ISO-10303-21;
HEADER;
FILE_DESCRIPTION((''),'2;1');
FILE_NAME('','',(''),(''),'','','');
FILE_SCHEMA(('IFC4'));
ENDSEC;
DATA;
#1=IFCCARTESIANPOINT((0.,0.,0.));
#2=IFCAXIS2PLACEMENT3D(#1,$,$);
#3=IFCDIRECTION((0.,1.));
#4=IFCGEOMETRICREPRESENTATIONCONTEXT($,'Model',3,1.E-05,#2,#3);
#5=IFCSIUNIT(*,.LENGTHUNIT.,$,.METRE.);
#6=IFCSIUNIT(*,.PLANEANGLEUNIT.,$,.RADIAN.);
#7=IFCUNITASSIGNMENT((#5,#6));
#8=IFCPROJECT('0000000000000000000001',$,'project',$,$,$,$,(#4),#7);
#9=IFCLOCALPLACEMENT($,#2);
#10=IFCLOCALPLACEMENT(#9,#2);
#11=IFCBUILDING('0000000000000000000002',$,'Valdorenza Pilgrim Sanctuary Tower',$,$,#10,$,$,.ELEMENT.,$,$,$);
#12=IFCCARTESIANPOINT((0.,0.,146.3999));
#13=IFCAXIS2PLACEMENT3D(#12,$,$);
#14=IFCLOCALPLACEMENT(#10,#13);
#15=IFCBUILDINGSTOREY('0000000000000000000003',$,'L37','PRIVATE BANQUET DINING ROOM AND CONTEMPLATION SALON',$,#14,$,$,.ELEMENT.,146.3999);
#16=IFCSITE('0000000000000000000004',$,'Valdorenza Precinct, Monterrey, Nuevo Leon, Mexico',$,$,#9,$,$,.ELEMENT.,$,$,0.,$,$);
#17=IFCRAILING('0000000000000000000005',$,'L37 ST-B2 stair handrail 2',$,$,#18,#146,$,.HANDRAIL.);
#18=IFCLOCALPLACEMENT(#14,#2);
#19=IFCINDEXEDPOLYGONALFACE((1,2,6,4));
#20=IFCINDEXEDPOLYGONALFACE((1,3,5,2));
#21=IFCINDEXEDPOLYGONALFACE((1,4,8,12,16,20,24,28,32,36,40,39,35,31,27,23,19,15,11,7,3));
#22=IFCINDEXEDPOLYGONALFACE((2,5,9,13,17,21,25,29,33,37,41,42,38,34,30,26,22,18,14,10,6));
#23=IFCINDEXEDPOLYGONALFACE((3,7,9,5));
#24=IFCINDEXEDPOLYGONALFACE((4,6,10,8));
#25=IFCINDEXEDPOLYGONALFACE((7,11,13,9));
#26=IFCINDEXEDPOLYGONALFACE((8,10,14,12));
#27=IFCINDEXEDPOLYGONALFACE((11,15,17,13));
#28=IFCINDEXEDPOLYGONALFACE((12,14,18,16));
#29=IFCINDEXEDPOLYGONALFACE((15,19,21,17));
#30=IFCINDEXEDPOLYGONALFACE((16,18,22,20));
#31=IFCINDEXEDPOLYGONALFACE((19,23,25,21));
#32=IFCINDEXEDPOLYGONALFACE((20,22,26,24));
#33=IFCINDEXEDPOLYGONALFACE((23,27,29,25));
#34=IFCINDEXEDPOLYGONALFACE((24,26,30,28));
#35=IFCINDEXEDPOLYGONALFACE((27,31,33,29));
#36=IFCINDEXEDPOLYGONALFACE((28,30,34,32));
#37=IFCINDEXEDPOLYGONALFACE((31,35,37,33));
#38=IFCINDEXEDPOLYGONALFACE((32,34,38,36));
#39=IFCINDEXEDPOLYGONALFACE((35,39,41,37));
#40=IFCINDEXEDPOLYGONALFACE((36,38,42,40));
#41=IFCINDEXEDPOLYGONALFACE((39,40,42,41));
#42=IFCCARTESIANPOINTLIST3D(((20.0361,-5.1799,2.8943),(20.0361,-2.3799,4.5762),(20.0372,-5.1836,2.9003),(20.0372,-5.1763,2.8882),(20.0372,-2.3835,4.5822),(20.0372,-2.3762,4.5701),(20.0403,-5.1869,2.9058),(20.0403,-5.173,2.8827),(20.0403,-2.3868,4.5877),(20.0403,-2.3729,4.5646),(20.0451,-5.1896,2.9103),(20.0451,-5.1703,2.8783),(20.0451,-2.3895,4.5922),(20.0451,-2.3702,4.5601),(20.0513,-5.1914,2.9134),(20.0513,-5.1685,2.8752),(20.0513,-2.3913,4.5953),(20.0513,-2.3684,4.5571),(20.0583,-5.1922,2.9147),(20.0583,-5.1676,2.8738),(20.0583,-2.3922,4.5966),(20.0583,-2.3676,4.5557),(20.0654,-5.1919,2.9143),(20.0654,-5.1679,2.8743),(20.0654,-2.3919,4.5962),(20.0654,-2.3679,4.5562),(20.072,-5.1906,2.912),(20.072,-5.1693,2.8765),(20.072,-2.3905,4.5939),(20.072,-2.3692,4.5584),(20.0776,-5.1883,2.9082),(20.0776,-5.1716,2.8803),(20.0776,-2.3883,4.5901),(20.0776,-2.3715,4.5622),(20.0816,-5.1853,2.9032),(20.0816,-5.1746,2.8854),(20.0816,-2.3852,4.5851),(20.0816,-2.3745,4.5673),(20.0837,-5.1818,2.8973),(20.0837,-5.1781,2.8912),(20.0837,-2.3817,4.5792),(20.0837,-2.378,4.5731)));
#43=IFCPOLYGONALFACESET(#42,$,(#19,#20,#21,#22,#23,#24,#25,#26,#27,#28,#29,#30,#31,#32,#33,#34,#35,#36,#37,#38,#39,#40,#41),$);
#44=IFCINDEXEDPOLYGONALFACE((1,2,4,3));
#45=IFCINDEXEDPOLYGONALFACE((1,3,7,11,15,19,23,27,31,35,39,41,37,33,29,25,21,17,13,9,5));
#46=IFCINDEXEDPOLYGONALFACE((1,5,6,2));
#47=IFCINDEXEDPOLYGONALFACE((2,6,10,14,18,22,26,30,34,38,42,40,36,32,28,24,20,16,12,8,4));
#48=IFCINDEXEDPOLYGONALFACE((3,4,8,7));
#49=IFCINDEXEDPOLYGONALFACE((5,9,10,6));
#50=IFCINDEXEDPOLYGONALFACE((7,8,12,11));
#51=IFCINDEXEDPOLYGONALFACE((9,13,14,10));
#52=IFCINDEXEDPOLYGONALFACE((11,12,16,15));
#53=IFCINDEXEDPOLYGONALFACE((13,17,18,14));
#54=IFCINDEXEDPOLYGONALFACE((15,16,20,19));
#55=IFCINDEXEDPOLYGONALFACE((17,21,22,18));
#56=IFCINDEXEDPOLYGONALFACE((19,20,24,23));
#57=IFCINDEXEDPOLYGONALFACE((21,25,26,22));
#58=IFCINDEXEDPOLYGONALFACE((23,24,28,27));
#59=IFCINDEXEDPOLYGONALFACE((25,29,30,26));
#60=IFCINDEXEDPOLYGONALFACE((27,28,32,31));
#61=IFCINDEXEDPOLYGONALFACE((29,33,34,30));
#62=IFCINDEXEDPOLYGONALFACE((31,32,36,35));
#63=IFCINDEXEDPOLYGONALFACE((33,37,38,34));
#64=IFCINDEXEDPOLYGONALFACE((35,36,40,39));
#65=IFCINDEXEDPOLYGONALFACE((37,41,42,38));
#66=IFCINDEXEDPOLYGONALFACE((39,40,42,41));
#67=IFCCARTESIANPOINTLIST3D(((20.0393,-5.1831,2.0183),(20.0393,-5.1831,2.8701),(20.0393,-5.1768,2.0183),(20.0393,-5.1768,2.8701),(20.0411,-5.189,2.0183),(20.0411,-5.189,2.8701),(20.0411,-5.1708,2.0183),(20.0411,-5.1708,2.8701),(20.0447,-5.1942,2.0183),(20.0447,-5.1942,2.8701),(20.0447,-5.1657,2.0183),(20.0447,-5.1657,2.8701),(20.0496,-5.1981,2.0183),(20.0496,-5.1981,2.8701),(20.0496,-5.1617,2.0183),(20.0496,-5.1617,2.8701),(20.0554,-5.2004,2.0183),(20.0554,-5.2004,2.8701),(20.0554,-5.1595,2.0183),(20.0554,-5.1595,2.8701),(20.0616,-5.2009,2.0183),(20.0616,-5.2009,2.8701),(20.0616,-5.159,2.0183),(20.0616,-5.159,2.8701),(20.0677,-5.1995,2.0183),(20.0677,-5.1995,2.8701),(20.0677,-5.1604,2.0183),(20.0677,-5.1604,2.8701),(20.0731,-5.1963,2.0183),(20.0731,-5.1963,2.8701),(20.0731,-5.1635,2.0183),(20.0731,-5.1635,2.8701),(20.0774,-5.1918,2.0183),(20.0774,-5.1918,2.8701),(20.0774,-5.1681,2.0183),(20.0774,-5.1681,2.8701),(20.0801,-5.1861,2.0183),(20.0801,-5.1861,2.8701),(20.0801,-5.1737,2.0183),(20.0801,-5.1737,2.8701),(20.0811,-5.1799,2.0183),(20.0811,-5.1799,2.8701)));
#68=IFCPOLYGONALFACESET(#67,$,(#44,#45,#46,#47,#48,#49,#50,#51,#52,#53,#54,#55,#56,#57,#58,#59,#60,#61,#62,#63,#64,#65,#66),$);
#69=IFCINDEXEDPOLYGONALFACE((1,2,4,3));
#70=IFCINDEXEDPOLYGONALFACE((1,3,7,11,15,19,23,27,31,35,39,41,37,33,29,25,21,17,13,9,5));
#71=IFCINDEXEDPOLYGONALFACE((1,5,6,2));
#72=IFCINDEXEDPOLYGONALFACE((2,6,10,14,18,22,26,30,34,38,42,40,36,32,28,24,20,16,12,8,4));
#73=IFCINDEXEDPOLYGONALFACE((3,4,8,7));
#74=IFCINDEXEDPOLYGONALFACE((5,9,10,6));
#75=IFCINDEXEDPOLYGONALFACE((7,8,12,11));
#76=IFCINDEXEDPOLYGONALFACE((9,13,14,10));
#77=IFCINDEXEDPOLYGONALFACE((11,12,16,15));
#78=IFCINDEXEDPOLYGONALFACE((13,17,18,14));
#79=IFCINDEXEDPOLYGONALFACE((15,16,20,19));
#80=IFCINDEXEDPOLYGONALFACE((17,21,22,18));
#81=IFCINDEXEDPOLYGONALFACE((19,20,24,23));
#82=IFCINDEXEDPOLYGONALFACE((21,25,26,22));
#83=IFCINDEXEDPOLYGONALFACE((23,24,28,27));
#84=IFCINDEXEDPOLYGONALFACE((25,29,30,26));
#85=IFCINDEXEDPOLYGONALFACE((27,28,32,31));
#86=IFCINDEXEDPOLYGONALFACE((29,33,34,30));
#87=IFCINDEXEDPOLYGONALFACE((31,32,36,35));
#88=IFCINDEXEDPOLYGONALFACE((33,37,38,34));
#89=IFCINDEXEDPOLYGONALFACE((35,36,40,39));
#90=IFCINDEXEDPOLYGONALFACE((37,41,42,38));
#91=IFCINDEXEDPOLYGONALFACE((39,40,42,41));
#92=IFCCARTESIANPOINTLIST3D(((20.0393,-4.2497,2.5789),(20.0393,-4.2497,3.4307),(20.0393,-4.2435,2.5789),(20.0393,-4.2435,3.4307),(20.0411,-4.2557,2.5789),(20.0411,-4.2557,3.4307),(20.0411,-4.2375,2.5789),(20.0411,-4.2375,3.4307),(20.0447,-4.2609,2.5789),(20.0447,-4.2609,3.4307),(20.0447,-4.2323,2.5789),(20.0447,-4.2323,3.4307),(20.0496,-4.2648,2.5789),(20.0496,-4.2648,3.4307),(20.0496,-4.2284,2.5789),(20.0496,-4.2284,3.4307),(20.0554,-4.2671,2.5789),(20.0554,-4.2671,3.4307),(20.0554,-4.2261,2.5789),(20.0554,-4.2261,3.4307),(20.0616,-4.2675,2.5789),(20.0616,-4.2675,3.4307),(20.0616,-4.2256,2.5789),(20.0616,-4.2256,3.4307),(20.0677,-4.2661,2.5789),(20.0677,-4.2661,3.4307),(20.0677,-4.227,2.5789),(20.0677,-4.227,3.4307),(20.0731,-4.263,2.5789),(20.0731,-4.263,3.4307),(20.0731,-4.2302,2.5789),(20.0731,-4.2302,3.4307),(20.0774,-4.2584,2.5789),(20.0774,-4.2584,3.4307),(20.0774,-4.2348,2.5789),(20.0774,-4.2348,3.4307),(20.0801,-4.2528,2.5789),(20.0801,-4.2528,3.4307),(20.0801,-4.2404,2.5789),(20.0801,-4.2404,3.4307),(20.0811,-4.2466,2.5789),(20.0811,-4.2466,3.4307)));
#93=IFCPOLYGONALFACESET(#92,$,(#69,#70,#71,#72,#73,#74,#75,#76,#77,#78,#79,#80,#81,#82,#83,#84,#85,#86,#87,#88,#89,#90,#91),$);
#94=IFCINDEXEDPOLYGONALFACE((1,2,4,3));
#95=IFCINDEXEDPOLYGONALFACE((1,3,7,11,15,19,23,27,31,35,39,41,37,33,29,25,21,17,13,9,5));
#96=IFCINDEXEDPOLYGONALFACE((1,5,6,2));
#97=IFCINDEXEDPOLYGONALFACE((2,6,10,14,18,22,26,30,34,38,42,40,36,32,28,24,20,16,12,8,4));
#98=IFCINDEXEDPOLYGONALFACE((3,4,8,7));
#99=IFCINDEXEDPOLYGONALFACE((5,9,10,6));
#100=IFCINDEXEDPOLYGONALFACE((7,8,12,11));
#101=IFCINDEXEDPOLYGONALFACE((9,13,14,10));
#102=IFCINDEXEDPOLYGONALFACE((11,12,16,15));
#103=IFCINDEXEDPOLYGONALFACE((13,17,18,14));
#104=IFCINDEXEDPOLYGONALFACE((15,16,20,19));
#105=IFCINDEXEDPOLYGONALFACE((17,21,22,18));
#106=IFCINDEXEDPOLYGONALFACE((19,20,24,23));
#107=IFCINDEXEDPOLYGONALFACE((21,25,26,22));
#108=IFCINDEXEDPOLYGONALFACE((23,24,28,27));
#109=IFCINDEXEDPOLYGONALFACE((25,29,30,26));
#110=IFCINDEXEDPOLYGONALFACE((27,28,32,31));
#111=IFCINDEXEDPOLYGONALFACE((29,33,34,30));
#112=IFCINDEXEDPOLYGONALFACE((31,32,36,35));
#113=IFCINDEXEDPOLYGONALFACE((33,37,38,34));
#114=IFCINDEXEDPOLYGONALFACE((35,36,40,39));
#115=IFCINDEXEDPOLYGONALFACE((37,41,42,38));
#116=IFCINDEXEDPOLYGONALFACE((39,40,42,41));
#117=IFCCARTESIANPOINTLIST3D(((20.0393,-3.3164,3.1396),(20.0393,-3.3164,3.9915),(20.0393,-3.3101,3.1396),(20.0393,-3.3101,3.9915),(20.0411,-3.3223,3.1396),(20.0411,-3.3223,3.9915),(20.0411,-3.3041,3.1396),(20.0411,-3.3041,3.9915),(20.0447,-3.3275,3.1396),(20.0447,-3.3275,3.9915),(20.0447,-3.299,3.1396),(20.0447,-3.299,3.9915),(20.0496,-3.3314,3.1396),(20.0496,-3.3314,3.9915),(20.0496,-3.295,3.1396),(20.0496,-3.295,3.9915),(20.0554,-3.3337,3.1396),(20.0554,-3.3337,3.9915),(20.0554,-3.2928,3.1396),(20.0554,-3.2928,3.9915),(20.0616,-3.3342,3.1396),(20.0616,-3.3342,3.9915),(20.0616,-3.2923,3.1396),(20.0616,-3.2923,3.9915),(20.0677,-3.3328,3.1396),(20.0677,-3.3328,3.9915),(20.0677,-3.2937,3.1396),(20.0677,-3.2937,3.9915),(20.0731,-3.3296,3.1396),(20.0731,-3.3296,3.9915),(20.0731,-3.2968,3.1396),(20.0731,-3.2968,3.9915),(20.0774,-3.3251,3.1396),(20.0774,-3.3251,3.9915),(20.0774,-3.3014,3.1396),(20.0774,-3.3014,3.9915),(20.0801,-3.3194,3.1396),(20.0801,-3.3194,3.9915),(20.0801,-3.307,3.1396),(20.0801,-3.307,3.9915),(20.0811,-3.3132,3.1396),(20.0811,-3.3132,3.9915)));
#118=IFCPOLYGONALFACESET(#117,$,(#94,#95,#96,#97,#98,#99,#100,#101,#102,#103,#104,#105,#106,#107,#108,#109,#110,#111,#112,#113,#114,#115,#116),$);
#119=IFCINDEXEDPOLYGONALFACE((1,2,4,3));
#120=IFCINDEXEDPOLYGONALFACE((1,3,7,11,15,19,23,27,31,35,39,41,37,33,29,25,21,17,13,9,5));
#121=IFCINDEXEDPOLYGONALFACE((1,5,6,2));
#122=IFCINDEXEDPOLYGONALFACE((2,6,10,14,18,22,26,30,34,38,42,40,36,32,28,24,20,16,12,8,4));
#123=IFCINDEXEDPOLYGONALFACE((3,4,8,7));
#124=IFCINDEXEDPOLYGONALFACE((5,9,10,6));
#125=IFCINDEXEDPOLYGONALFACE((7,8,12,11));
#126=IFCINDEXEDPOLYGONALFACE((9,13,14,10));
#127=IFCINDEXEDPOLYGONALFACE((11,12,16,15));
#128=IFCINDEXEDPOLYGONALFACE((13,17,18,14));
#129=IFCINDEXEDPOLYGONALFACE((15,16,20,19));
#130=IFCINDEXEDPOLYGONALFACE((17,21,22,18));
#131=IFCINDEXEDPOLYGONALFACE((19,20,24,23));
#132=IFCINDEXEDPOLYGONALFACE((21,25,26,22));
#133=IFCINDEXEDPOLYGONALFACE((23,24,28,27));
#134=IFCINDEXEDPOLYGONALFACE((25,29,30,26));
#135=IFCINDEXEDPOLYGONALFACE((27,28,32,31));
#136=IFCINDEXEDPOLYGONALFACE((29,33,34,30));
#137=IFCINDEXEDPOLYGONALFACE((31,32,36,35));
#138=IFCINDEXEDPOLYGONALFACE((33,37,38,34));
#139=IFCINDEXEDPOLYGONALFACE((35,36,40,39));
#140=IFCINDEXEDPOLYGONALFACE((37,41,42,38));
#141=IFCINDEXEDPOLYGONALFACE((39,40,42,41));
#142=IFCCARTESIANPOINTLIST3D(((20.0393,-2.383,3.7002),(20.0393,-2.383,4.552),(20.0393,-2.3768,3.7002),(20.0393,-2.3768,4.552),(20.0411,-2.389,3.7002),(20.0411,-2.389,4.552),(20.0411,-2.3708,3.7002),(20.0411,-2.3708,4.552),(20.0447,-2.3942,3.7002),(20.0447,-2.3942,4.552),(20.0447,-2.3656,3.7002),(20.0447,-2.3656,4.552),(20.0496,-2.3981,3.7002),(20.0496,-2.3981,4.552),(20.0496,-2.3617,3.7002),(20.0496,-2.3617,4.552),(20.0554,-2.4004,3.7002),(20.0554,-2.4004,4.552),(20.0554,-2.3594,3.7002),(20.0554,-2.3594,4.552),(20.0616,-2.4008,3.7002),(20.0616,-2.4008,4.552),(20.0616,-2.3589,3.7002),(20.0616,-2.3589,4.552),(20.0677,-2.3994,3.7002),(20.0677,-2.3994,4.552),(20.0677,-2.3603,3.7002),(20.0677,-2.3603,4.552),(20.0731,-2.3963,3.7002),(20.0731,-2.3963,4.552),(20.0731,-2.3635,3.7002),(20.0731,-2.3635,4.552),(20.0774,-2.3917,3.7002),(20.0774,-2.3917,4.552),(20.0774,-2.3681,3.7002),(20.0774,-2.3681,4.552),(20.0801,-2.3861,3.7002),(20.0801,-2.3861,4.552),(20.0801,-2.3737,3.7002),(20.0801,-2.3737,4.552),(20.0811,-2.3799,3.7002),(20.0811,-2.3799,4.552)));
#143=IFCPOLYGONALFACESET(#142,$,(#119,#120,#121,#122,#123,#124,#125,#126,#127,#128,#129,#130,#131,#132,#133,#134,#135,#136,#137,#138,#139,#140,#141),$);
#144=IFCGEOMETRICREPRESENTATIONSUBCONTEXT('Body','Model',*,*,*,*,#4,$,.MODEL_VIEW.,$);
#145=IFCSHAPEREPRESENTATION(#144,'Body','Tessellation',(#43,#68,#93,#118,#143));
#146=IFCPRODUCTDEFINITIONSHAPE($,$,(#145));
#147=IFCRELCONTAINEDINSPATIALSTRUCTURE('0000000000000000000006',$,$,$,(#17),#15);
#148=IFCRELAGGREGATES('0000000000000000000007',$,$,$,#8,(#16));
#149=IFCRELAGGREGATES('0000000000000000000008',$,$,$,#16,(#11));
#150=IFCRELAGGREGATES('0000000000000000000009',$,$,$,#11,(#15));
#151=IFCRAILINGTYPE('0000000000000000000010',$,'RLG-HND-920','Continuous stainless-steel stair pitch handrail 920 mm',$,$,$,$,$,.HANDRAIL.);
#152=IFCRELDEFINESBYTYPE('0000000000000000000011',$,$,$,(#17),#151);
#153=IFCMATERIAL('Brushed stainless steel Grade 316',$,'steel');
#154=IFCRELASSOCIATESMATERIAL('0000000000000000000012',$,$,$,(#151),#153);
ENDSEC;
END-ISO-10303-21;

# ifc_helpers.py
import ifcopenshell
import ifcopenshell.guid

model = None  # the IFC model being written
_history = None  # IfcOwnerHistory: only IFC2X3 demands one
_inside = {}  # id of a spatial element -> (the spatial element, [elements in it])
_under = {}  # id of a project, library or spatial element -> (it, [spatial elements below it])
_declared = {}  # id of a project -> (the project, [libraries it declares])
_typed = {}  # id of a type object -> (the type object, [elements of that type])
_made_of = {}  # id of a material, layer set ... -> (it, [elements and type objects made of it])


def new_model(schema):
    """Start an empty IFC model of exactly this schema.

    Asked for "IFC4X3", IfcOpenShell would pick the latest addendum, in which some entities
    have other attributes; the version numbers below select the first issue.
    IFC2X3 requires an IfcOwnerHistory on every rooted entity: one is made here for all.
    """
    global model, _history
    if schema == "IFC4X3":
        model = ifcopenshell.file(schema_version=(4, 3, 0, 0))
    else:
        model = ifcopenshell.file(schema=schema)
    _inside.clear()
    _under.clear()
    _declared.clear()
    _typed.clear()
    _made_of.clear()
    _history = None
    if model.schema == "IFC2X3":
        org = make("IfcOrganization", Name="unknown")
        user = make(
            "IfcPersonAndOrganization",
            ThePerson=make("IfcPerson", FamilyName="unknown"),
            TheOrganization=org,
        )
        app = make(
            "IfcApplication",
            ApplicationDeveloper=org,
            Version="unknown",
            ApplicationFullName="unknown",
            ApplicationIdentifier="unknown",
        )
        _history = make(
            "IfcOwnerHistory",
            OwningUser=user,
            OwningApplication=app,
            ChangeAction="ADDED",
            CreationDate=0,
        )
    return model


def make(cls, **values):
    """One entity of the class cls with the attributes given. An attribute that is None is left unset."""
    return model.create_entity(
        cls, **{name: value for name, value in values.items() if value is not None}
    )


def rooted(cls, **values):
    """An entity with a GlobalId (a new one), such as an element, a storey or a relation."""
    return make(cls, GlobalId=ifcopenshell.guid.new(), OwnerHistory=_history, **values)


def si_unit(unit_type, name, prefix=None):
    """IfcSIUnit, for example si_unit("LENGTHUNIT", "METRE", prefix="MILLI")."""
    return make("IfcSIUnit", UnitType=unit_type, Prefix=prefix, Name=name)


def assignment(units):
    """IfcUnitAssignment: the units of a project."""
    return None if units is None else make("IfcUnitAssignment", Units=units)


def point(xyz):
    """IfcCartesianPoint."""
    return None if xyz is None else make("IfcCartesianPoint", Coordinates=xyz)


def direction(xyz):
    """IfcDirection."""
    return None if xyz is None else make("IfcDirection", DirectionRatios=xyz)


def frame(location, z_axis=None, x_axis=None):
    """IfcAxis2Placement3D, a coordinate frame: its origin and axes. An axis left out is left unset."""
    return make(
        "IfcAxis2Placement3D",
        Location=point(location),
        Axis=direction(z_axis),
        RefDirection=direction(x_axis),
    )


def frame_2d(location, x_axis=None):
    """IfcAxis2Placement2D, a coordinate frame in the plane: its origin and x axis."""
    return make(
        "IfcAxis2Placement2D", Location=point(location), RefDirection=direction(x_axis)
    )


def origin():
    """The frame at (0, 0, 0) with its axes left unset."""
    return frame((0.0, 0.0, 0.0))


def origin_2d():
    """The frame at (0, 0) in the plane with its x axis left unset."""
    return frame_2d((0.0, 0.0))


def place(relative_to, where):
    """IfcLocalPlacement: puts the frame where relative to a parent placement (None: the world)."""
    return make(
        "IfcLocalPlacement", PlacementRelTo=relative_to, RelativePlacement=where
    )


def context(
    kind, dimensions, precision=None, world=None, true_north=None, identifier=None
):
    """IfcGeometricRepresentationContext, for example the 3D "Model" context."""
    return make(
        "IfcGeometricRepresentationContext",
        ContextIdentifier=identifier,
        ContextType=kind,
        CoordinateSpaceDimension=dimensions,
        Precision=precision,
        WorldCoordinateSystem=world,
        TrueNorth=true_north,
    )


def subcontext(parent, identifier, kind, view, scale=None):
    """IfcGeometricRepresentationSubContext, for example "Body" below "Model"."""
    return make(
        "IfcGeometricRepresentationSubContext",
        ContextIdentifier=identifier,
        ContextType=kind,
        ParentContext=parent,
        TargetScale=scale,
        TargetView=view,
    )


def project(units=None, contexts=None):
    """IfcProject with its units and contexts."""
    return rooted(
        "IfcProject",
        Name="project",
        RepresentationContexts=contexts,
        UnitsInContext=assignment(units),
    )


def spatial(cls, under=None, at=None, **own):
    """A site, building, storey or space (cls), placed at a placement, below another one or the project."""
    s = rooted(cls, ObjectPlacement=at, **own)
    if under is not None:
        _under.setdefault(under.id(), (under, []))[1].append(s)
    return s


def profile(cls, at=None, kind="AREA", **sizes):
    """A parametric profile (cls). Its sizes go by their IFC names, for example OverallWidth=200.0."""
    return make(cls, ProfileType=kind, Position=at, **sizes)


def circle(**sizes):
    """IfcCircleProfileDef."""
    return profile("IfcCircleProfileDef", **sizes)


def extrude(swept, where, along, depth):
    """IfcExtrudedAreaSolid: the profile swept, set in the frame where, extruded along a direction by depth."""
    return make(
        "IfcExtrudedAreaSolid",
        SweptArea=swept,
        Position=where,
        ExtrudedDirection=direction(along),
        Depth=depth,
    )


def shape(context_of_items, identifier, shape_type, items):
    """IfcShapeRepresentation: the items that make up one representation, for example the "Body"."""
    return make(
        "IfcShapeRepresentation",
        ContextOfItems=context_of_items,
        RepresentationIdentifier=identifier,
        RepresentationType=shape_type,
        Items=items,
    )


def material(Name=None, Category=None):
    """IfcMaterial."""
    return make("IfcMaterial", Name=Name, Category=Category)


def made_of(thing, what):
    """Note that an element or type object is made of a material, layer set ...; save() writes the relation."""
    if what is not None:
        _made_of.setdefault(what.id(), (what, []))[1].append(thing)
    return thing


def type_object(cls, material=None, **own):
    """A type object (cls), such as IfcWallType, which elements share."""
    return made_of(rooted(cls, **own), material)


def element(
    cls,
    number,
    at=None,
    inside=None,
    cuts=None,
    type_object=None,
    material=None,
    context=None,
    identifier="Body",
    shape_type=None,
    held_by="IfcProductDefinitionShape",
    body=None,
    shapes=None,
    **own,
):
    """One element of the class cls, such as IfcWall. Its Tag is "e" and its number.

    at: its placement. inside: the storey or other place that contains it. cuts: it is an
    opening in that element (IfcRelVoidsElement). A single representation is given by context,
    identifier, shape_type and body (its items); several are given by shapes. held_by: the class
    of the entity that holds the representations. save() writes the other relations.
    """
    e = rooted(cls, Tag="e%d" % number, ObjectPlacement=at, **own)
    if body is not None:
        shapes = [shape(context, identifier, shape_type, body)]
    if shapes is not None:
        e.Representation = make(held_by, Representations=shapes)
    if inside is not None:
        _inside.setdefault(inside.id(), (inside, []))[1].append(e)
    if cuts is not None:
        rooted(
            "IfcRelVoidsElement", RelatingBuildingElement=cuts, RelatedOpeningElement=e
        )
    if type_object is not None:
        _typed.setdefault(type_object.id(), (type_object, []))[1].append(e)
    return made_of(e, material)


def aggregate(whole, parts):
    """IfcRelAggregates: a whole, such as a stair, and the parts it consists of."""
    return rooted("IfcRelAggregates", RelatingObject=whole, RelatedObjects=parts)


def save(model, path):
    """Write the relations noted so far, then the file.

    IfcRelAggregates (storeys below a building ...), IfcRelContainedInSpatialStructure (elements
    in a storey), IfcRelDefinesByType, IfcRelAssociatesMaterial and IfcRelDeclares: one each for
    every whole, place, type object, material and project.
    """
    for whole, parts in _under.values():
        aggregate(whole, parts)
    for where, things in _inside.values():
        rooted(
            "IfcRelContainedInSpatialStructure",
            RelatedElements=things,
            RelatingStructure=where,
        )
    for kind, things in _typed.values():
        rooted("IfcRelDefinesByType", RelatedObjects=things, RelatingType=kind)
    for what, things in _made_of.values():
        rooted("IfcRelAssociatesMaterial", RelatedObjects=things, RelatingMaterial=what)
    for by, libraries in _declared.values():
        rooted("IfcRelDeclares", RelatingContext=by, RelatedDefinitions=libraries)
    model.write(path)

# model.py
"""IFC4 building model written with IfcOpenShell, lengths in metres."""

from ifc_helpers import new_model, si_unit, direction, frame, origin, origin_2d, place, context, subcontext, project, spatial, circle, extrude, material, type_object, element, save


model = new_model("IFC4")

# Units and contexts
model_context = context("Model", 3, precision=1e-05, world=origin(), true_north=direction((0.0, 1.0)))
body_context = subcontext(model_context, "Body", "Model", "MODEL_VIEW")
ifc_project = project(units=[si_unit("LENGTHUNIT", "METRE"), si_unit("PLANEANGLEUNIT", "RADIAN")], contexts=[model_context])

# Site, building, storey
site_placement = place(None, origin())
site = spatial("IfcSite", under=ifc_project, at=site_placement, Name="Valdorenza Precinct, Monterrey, Nuevo Leon, Mexico", CompositionType="ELEMENT", RefElevation=0.0)
building_placement = place(site_placement, origin())
building = spatial("IfcBuilding", under=site, at=building_placement, Name="Valdorenza Pilgrim Sanctuary Tower", CompositionType="ELEMENT")
storey_placement = place(building_placement, frame((0.0, 0.0, 146.3999)))
storey = spatial("IfcBuildingStorey", under=building, at=storey_placement, Name="L37", Description="PRIVATE BANQUET DINING ROOM AND CONTEMPLATION SALON", CompositionType="ELEMENT", Elevation=146.3999)

# Railing
ifc_material_1 = material(Name="Brushed stainless steel Grade 316", Category="steel")
railing_type_1 = type_object("IfcRailingType", Name="RLG-HND-920", Description="Continuous stainless-steel stair pitch handrail 920 mm", PredefinedType="HANDRAIL", material=ifc_material_1)
railing_1_placement = place(storey_placement, frame((20.0601, -5.1799, 2.0183)))
element("IfcRailing", 1, at=railing_1_placement, inside=storey, type_object=railing_type_1, Name="L37 ST-B2 stair handrail 2", PredefinedType="HANDRAIL", context=body_context, shape_type="SweptSolid", body=[
    extrude(circle(Radius=0.0239, at=origin_2d()), frame((0.0, 0.0, 0.876), z_axis=(0.0, 0.857242, 0.514913), x_axis=(-1.0, 0.0, 0.0)), (0.0, 0.0, 1.0), 3.2664),
    extrude(circle(Radius=0.021, at=origin_2d()), origin(), (0.0, 0.0, 1.0), 0.8518),
    extrude(circle(Radius=0.021, at=origin_2d()), frame((0.0, 0.9333, 0.5605)), (0.0, 0.0, 1.0), 0.8518),
    extrude(circle(Radius=0.021, at=origin_2d()), frame((0.0, 1.8667, 1.1213)), (0.0, 0.0, 1.0), 0.8518),
    extrude(circle(Radius=0.021, at=origin_2d()), frame((0.0, 2.8, 1.6819)), (0.0, 0.0, 1.0), 0.8518),
])

save(model, "model.ifc")
